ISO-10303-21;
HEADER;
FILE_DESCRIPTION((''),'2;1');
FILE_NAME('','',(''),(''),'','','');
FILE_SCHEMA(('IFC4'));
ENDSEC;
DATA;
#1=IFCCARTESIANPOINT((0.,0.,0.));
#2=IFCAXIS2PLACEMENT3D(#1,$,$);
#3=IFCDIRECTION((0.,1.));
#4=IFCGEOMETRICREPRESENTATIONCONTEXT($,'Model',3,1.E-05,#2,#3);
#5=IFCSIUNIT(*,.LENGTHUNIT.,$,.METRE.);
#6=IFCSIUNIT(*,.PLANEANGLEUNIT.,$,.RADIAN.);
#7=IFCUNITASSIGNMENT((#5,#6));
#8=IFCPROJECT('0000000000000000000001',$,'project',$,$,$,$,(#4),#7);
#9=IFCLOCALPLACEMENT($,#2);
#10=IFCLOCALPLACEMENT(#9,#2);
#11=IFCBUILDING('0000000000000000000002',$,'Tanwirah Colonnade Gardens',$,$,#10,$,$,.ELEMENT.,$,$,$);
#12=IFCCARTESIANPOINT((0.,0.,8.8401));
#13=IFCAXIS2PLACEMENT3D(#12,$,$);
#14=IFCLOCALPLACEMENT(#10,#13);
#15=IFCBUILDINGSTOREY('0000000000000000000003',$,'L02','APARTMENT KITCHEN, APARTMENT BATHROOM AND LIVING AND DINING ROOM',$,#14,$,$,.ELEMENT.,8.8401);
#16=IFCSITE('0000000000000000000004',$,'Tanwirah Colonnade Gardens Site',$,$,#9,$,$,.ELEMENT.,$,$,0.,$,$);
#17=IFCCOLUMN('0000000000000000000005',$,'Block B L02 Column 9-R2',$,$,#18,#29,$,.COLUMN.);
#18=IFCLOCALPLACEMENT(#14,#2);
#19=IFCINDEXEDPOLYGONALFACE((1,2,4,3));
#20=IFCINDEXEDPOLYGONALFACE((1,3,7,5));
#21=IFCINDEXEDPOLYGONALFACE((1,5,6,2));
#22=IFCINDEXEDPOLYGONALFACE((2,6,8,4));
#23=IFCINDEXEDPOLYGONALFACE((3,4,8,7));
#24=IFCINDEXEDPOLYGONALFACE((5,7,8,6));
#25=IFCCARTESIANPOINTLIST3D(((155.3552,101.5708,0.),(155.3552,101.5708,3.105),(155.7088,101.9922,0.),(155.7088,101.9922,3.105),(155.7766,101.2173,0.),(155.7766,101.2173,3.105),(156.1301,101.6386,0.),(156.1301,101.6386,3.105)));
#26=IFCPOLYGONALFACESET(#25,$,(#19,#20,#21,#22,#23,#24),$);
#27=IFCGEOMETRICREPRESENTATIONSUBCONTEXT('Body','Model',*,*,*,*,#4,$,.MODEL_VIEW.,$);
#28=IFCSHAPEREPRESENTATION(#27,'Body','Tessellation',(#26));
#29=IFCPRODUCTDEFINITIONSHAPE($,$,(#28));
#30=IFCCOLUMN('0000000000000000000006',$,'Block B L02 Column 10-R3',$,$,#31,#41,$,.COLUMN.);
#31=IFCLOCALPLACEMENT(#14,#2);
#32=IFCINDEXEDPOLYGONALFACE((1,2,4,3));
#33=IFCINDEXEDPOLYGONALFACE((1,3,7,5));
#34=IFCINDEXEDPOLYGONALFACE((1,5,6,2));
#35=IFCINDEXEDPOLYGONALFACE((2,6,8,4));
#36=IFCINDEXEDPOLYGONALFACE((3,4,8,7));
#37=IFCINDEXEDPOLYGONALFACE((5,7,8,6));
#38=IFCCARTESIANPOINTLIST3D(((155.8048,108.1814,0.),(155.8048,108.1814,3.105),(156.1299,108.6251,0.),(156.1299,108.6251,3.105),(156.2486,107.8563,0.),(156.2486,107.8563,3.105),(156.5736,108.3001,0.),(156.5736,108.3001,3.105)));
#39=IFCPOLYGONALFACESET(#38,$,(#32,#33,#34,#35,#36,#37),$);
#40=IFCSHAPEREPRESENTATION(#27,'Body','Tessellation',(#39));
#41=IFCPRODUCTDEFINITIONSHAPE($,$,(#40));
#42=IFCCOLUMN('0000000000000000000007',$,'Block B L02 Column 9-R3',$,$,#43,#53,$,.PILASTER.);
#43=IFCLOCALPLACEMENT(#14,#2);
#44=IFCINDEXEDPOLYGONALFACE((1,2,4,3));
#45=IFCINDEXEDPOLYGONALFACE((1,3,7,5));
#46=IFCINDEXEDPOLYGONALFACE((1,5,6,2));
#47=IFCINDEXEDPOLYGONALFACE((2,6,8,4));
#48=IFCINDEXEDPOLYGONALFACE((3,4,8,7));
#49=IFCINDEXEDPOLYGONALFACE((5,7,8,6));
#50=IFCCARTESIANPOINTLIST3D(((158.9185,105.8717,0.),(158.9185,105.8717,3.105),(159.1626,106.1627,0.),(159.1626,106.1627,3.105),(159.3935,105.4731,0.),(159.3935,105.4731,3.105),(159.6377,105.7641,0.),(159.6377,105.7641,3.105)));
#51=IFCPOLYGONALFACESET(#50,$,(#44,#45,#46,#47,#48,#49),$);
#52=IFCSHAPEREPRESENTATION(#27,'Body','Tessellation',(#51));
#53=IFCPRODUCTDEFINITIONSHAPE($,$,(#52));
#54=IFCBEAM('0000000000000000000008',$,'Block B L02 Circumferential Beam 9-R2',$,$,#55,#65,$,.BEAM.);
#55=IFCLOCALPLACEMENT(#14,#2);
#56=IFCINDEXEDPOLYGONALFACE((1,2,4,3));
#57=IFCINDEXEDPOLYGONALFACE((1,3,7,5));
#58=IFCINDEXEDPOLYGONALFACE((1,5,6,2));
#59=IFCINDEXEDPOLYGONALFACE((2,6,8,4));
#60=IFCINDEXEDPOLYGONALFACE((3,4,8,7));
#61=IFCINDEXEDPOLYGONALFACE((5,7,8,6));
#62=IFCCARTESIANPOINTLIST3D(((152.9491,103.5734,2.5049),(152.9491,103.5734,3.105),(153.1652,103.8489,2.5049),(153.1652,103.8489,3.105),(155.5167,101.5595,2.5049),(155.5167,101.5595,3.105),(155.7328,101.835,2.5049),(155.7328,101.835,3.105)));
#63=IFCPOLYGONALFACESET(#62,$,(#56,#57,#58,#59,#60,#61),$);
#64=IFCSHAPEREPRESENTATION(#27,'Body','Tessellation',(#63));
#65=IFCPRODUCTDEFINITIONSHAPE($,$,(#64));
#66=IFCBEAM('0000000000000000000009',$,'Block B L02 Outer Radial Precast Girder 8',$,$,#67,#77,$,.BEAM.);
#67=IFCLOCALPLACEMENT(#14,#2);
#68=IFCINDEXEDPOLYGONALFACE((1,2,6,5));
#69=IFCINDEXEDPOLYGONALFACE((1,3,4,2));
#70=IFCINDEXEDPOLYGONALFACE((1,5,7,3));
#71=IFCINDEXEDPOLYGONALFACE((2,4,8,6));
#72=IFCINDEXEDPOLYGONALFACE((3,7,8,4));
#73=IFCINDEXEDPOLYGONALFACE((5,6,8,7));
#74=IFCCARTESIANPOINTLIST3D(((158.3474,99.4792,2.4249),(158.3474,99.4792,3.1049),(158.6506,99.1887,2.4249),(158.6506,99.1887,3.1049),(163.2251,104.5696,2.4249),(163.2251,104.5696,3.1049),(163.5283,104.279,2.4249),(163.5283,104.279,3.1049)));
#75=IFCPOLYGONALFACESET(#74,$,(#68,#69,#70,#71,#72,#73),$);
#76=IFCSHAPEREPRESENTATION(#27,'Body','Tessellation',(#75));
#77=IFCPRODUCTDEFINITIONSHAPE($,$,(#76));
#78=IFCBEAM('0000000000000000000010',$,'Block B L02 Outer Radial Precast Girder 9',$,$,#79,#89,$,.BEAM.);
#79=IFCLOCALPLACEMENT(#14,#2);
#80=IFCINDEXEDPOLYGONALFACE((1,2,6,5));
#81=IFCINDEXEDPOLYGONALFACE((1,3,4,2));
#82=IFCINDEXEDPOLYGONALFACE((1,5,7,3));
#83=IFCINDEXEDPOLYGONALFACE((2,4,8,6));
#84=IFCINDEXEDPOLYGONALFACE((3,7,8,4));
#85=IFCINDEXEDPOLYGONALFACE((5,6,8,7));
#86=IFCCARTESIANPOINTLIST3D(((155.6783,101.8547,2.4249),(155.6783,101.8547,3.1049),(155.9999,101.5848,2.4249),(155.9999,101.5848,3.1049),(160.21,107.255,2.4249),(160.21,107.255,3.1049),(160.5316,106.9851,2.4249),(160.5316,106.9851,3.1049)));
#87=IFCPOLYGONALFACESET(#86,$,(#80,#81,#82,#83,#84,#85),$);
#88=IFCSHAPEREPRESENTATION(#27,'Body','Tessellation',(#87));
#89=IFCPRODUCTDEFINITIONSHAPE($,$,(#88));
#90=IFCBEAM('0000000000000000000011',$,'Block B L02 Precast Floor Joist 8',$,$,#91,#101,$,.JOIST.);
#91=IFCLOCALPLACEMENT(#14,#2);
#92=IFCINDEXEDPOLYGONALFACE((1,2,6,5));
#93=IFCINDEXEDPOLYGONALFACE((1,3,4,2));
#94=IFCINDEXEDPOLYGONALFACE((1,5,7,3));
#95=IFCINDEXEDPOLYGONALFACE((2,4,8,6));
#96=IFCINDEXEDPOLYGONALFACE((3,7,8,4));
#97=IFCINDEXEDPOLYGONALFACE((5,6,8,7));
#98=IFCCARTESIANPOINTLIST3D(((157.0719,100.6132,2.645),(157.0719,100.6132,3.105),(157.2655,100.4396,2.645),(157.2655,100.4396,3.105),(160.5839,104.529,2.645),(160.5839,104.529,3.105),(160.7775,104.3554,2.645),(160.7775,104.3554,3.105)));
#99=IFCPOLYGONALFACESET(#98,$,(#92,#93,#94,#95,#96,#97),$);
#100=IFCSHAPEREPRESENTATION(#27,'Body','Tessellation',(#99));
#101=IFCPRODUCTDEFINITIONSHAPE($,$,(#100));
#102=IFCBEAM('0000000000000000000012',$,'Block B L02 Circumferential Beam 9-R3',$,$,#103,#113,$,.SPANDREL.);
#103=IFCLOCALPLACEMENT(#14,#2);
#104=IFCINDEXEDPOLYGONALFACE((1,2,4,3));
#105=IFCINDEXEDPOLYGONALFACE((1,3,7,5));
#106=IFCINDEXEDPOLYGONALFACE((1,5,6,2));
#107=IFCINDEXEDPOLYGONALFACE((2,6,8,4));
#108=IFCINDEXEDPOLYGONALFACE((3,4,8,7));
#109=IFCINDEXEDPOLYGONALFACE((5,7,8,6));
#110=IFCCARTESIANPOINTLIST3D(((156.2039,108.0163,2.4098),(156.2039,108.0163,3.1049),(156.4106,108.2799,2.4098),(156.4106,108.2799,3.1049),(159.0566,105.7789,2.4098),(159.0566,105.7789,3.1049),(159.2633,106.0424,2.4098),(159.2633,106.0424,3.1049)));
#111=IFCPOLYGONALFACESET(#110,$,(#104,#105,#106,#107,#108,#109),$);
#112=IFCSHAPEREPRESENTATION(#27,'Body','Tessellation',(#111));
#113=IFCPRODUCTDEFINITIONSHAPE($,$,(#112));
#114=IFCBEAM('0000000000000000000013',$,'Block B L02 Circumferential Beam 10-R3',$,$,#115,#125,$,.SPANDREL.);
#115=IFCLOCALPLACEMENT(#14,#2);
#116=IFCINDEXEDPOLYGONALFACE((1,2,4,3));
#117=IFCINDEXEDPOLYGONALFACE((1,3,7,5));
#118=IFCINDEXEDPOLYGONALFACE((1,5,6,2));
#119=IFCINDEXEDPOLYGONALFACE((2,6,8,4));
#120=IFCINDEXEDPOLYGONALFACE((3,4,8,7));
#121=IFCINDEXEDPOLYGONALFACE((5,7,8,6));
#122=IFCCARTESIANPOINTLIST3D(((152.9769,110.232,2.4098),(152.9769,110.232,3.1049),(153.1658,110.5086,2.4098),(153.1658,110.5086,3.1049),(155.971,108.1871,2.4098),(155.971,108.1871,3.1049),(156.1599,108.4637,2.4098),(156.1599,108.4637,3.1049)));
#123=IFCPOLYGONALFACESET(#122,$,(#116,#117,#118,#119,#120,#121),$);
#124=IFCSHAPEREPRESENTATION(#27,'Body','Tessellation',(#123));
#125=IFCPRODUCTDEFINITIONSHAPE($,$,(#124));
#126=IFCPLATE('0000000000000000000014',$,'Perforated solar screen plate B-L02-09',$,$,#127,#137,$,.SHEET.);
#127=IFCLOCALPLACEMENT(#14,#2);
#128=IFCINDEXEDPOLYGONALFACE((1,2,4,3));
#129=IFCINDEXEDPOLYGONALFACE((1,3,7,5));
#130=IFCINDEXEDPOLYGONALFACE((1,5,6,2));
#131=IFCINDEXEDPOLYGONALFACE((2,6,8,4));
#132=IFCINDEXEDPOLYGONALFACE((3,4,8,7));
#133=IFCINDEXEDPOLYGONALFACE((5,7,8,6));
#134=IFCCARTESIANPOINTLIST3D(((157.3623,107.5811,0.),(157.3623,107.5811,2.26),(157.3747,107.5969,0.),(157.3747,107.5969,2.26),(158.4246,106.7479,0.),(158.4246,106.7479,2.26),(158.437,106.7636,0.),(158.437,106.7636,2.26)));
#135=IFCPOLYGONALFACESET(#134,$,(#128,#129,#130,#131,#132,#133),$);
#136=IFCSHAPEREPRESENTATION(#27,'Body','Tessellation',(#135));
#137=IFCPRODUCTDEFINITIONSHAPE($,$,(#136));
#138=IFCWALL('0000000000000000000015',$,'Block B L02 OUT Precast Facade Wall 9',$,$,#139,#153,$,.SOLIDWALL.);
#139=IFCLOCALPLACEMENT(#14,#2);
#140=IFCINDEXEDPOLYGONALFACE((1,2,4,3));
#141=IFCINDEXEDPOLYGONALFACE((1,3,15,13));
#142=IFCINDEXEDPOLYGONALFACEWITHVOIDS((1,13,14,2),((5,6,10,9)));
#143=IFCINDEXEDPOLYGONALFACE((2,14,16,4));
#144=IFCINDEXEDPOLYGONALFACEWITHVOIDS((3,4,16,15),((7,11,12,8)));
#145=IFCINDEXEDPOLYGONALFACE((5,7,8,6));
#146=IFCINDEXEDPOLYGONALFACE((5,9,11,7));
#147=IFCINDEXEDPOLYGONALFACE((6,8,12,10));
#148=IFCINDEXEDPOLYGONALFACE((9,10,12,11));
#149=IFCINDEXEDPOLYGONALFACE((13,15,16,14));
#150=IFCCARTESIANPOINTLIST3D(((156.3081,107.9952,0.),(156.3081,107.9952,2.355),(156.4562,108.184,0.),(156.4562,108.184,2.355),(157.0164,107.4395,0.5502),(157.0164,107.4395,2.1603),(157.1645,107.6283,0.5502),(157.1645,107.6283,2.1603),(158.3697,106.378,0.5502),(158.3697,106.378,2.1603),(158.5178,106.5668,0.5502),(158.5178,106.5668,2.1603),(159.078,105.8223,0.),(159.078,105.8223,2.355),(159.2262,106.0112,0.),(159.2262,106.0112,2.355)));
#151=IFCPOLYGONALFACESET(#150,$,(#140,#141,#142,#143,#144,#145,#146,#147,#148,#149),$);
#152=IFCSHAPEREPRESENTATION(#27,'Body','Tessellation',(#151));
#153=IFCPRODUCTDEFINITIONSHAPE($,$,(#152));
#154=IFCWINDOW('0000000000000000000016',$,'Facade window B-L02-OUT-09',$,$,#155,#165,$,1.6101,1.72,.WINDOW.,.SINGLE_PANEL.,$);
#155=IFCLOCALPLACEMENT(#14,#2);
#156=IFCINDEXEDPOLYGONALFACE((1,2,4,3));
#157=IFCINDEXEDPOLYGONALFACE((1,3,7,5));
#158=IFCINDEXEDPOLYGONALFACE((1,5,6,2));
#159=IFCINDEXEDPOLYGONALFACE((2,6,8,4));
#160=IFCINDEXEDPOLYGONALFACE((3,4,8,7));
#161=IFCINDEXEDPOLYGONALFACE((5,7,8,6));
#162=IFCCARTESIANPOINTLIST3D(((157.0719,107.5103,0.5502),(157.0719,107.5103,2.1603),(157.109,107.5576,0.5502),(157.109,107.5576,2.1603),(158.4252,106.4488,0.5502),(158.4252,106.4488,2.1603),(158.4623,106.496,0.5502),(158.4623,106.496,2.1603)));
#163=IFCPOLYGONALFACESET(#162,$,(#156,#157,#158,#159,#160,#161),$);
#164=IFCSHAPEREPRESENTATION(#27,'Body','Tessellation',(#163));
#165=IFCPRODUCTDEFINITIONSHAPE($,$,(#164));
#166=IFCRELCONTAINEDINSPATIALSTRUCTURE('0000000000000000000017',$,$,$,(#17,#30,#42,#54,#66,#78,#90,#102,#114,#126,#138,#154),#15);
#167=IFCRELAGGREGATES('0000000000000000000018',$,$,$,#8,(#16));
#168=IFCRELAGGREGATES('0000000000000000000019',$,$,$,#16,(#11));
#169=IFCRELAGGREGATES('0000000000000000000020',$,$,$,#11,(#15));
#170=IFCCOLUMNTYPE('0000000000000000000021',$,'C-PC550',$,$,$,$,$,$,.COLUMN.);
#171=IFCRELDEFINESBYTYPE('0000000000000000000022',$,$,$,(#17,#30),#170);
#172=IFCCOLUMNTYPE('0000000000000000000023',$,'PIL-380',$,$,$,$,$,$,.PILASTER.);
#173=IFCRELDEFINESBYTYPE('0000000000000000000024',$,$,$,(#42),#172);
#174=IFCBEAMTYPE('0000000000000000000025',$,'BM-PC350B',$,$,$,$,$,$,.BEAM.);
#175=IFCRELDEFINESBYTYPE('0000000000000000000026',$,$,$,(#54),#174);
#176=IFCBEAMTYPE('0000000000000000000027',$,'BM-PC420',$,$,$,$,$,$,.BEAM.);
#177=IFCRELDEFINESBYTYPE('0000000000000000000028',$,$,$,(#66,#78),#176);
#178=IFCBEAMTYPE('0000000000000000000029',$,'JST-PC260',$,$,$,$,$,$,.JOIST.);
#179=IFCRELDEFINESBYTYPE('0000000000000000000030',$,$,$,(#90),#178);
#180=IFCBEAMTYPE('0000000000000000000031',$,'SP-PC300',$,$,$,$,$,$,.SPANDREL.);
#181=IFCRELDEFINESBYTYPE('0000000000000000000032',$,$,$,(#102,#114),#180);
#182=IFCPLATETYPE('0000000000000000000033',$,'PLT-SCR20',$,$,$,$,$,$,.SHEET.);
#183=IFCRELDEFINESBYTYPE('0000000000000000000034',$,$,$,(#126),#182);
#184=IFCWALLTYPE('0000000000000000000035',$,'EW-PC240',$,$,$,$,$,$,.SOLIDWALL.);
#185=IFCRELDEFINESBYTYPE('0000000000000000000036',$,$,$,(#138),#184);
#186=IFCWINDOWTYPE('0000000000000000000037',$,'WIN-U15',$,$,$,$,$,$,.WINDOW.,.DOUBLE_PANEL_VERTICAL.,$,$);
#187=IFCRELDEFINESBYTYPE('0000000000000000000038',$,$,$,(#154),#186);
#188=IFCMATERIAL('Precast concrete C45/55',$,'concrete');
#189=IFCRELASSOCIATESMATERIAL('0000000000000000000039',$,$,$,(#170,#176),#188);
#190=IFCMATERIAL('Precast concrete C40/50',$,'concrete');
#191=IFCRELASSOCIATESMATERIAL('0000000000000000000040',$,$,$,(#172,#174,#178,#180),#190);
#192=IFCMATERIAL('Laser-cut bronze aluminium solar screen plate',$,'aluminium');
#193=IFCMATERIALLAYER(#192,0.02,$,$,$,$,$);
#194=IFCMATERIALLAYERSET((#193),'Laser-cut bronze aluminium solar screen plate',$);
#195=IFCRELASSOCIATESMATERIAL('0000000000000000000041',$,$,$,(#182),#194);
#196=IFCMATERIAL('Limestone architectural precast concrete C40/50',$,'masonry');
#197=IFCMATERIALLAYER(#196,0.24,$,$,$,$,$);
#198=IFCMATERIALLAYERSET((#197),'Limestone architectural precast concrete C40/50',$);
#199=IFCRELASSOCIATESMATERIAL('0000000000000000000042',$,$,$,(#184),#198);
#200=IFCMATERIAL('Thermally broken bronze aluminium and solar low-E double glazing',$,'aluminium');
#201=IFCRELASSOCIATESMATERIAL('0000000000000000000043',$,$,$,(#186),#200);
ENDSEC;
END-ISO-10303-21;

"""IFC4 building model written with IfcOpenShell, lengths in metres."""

from ifc_helpers import new_model, si_unit, direction, frame, frame_2d, origin, origin_2d, place, context, subcontext, project, spatial, rectangle, extrude, material, layer, layer_set, material_profile, profile_set, type_object, element, fill, save


model = new_model("IFC4")

# Units and contexts
model_context = context("Model", 3, precision=1e-05, world=origin(), true_north=direction((0.0, 1.0)))
body_context = subcontext(model_context, "Body", "Model", "MODEL_VIEW")
ifc_project = project(units=[si_unit("LENGTHUNIT", "METRE"), si_unit("PLANEANGLEUNIT", "RADIAN")], contexts=[model_context])

# Site, building, storey
site_placement = place(None, origin())
site = spatial("IfcSite", under=ifc_project, at=site_placement, Name="Tanwirah Colonnade Gardens Site", CompositionType="ELEMENT", RefElevation=0.0)
building_placement = place(site_placement, origin())
building = spatial("IfcBuilding", under=site, at=building_placement, Name="Tanwirah Colonnade Gardens", CompositionType="ELEMENT")
storey_placement = place(building_placement, frame((0.0, 0.0, 8.8401)))
storey = spatial("IfcBuildingStorey", under=building, at=storey_placement, Name="L02", Description="APARTMENT KITCHEN, APARTMENT BATHROOM AND LIVING AND DINING ROOM", CompositionType="ELEMENT", Elevation=8.8401)

# Columns
ifc_material_1 = material(Name="Precast concrete C45/55", Category="concrete")
ifc_material_profile_1 = material_profile(ifc_material_1, rectangle(XDim=0.55, YDim=0.55, at=origin_2d()), Name="PC-COL 550x550")
ifc_profile_set_1 = profile_set([ifc_material_profile_1], Name="Precast concrete C45/55")
column_type_1 = type_object("IfcColumnType", Name="C-PC550", PredefinedType="COLUMN", material=ifc_profile_set_1)
for number, where, z_axis, x_axis, name in (
    (1, (155.7427, 101.6047, 0.0), (0.0, 0.0, 1.0), (0.642788, 0.766044, 0.0), "Block B L02 Column 9-R2"),
    (2, (156.1892, 108.2407, 0.0), (0.0, 0.0, 1.0), (0.590919, 0.806731, 0.0), "Block B L02 Column 10-R3"),
):
    element("IfcColumn", number, at=place(storey_placement, frame(where, z_axis=z_axis, x_axis=x_axis)), inside=storey, type_object=column_type_1, Name=name, PredefinedType="COLUMN", context=body_context, shape_type="SweptSolid", body=[
        extrude(rectangle(XDim=0.55, YDim=0.55, at=origin_2d()), origin(), (0.0, 0.0, 1.0), 3.105),
    ])
ifc_material_2 = material(Name="Precast concrete C40/50", Category="concrete")
ifc_material_profile_2 = material_profile(ifc_material_2, rectangle(XDim=0.3799, YDim=0.6201, at=origin_2d()), Name="PC-PIL 380x620")
ifc_profile_set_2 = profile_set([ifc_material_profile_2], Name="Precast concrete C40/50")
column_type_2 = type_object("IfcColumnType", Name="PIL-380", PredefinedType="PILASTER", material=ifc_profile_set_2)
column_placement = place(storey_placement, frame((159.2781, 105.8179, 0.0), z_axis=(0.0, 0.0, 1.0), x_axis=(0.642788, 0.766044, 0.0)))
element("IfcColumn", 3, at=column_placement, inside=storey, type_object=column_type_2, Name="Block B L02 Column 9-R3", PredefinedType="PILASTER", context=body_context, shape_type="SweptSolid", body=[
    extrude(rectangle(XDim=0.3799, YDim=0.6201, at=origin_2d()), origin(), (0.0, 0.0, 1.0), 3.105),
])

# Beams
ifc_material_profile_3 = material_profile(ifc_material_2, rectangle(XDim=0.3501, YDim=0.6001, at=origin_2d()), Name="PC-BM 350x600")
ifc_profile_set_3 = profile_set([ifc_material_profile_3], Name="Precast concrete C40/50")
beam_type_1 = type_object("IfcBeamType", Name="BM-PC350B", PredefinedType="BEAM", material=ifc_profile_set_3)
beam_1_placement = place(storey_placement, frame((155.6248, 101.6973, 2.8049), z_axis=(-0.78684, 0.617157, 0.0), x_axis=(-0.617157, -0.78684, 0.0)))
element("IfcBeam", 4, at=beam_1_placement, inside=storey, type_object=beam_type_1, Name="Block B L02 Circumferential Beam 9-R2", PredefinedType="BEAM", context=body_context, shape_type="SweptSolid", body=[
    extrude(rectangle(XDim=0.3501, YDim=0.6001, at=origin_2d()), origin(), (0.0, 0.0, 1.0), 3.2632),
])
ifc_material_profile_4 = material_profile(ifc_material_1, rectangle(XDim=0.4199, YDim=0.6799, at=origin_2d()), Name="PC-BM 420x680")
ifc_profile_set_4 = profile_set([ifc_material_profile_4], Name="Precast concrete C45/55")
beam_type_2 = type_object("IfcBeamType", Name="BM-PC420", PredefinedType="BEAM", material=ifc_profile_set_4)
beam_2_placement = place(storey_placement, frame((158.499, 99.334, 2.7649), z_axis=(0.691865, 0.722027, 0.0), x_axis=(-0.722027, 0.691865, 0.0)))
element("IfcBeam", 5, at=beam_2_placement, inside=storey, type_object=beam_type_2, Name="Block B L02 Outer Radial Precast Girder 8", PredefinedType="BEAM", context=body_context, shape_type="SweptSolid", body=[
    extrude(rectangle(XDim=0.4199, YDim=0.6799, at=origin_2d()), origin(), (0.0, 0.0, 1.0), 7.05),
])
beam_3_placement = place(storey_placement, frame((155.8391, 101.7197, 2.7649), z_axis=(0.64281, 0.766025, 0.0), x_axis=(-0.766025, 0.64281, 0.0)))
element("IfcBeam", 6, at=beam_3_placement, inside=storey, type_object=beam_type_2, Name="Block B L02 Outer Radial Precast Girder 9", PredefinedType="BEAM", context=body_context, shape_type="SweptSolid", body=[
    extrude(rectangle(XDim=0.4199, YDim=0.6799, at=origin_2d()), origin(), (0.0, 0.0, 1.0), 7.0498),
])
ifc_material_profile_5 = material_profile(ifc_material_2, rectangle(XDim=0.26, YDim=0.46, at=origin_2d()), Name="PC-JST 260x460")
ifc_profile_set_5 = profile_set([ifc_material_profile_5], Name="Precast concrete C40/50")
beam_type_3 = type_object("IfcBeamType", Name="JST-PC260", PredefinedType="JOIST", material=ifc_profile_set_5)
beam_4_placement = place(storey_placement, frame((157.1687, 100.5264, 2.875), z_axis=(0.667679, 0.744449, 0.0), x_axis=(-0.744449, 0.667679, 0.0)))
element("IfcBeam", 7, at=beam_4_placement, inside=storey, type_object=beam_type_3, Name="Block B L02 Precast Floor Joist 8", PredefinedType="JOIST", context=body_context, shape_type="SweptSolid", body=[
    extrude(rectangle(XDim=0.26, YDim=0.46, at=origin_2d()), origin(), (0.0, 0.0, 1.0), 5.26),
])
ifc_material_profile_6 = material_profile(ifc_material_2, rectangle(XDim=0.335, YDim=0.6951, at=origin_2d()), Name="PC-SP 335x695")
ifc_profile_set_6 = profile_set([ifc_material_profile_6], Name="Precast concrete C40/50")
beam_type_4 = type_object("IfcBeamType", Name="SP-PC300", PredefinedType="SPANDREL", material=ifc_profile_set_6)
beam_5_placement = place(storey_placement, frame((159.1599, 105.9106, 2.7573), z_axis=(-0.786844, 0.617152, 0.0), x_axis=(-0.617152, -0.786844, 0.0)))
element("IfcBeam", 8, at=beam_5_placement, inside=storey, type_object=beam_type_4, Name="Block B L02 Circumferential Beam 9-R3", PredefinedType="SPANDREL", context=body_context, shape_type="SweptSolid", body=[
    extrude(rectangle(XDim=0.335, YDim=0.6951, at=origin_2d()), origin(), (0.0, 0.0, 1.0), 3.6255),
])
beam_6_placement = place(storey_placement, frame((156.0654, 108.3254, 2.7573), z_axis=(-0.825783, 0.563989, 0.0), x_axis=(-0.563989, -0.825783, 0.0)))
element("IfcBeam", 9, at=beam_6_placement, inside=storey, type_object=beam_type_4, Name="Block B L02 Circumferential Beam 10-R3", PredefinedType="SPANDREL", context=body_context, shape_type="SweptSolid", body=[
    extrude(rectangle(XDim=0.335, YDim=0.6951, at=origin_2d()), origin(), (0.0, 0.0, 1.0), 3.6257),
])

# Plate
ifc_material_3 = material(Name="Laser-cut bronze aluminium solar screen plate", Category="aluminium")
ifc_layer_1 = layer(ifc_material_3, 0.02)
ifc_layer_set_1 = layer_set([ifc_layer_1], Name="Laser-cut bronze aluminium solar screen plate")
plate_type = type_object("IfcPlateType", Name="PLT-SCR20", PredefinedType="SHEET", material=ifc_layer_set_1)
plate_placement = place(storey_placement, frame((157.8997, 107.1724, 0.0), z_axis=(0.0, 0.0, 1.0), x_axis=(-0.786816, 0.617188, 0.0)))
element("IfcPlate", 10, at=plate_placement, inside=storey, type_object=plate_type, Name="Perforated solar screen plate B-L02-09", PredefinedType="SHEET", context=body_context, shape_type="SweptSolid", body=[
    extrude(rectangle(XDim=1.3501, YDim=0.02, at=origin_2d()), origin(), (0.0, 0.0, 1.0), 2.26),
])

# Wall, opening, window
ifc_material_4 = material(Name="Limestone architectural precast concrete C40/50", Category="masonry")
ifc_layer_2 = layer(ifc_material_4, 0.24)
ifc_layer_set_2 = layer_set([ifc_layer_2], Name="Limestone architectural precast concrete C40/50")
wall_type_1 = type_object("IfcWallType", Name="EW-PC240", PredefinedType="SOLIDWALL", material=ifc_layer_set_2)
wall_1_placement = place(storey_placement, frame((159.1521, 105.9167, 0.0), z_axis=(0.0, 0.0, 1.0), x_axis=(-0.786814, 0.61719, 0.0)))
wall_1 = element("IfcWall", 11, at=wall_1_placement, inside=storey, type_object=wall_type_1, Name="Block B L02 OUT Precast Facade Wall 9", PredefinedType="SOLIDWALL", context=body_context, shape_type="SweptSolid", body=[
    extrude(rectangle(XDim=3.5205, YDim=0.24, at=frame_2d((1.7603, 0.0))), origin(), (0.0, 0.0, 1.0), 2.355),
])
opening_1_placement = place(wall_1_placement, frame((0.9004, 0.0, 0.55)))
opening_1 = element("IfcOpeningElement", 12, at=opening_1_placement, cuts=wall_1, PredefinedType="OPENING", context=body_context, shape_type="SweptSolid", body=[
    extrude(rectangle(XDim=1.72, YDim=1.6101, at=frame_2d((0.8599, 0.8052))), frame((0.0, 0.1299, 0.0), z_axis=(0.0, -1.0, 0.0), x_axis=(1.0, 0.0, 0.0)), (0.0, 0.0, 1.0), 0.26),
])
ifc_material_5 = material(Name="Thermally broken bronze aluminium and solar low-E double glazing", Category="aluminium")
window_type = type_object("IfcWindowType", Name="WIN-U15", PartitioningType="DOUBLE_PANEL_VERTICAL", PredefinedType="WINDOW", material=ifc_material_5)
window_placement = place(opening_1_placement, origin())
window = element("IfcWindow", 13, at=window_placement, inside=storey, type_object=window_type, Name="Facade window B-L02-OUT-09", OverallHeight=1.6101, OverallWidth=1.72, PartitioningType="SINGLE_PANEL", PredefinedType="WINDOW", context=body_context, shape_type="SweptSolid", body=[
    extrude(rectangle(XDim=1.72, YDim=1.6101, at=frame_2d((0.8599, 0.8052))), frame((0.0, 0.03, 0.0), z_axis=(0.0, -1.0, 0.0), x_axis=(1.0, 0.0, 0.0)), (0.0, 0.0, 1.0), 0.0601),
])
fill(opening_1, window)

save(model, "model.ifc")
